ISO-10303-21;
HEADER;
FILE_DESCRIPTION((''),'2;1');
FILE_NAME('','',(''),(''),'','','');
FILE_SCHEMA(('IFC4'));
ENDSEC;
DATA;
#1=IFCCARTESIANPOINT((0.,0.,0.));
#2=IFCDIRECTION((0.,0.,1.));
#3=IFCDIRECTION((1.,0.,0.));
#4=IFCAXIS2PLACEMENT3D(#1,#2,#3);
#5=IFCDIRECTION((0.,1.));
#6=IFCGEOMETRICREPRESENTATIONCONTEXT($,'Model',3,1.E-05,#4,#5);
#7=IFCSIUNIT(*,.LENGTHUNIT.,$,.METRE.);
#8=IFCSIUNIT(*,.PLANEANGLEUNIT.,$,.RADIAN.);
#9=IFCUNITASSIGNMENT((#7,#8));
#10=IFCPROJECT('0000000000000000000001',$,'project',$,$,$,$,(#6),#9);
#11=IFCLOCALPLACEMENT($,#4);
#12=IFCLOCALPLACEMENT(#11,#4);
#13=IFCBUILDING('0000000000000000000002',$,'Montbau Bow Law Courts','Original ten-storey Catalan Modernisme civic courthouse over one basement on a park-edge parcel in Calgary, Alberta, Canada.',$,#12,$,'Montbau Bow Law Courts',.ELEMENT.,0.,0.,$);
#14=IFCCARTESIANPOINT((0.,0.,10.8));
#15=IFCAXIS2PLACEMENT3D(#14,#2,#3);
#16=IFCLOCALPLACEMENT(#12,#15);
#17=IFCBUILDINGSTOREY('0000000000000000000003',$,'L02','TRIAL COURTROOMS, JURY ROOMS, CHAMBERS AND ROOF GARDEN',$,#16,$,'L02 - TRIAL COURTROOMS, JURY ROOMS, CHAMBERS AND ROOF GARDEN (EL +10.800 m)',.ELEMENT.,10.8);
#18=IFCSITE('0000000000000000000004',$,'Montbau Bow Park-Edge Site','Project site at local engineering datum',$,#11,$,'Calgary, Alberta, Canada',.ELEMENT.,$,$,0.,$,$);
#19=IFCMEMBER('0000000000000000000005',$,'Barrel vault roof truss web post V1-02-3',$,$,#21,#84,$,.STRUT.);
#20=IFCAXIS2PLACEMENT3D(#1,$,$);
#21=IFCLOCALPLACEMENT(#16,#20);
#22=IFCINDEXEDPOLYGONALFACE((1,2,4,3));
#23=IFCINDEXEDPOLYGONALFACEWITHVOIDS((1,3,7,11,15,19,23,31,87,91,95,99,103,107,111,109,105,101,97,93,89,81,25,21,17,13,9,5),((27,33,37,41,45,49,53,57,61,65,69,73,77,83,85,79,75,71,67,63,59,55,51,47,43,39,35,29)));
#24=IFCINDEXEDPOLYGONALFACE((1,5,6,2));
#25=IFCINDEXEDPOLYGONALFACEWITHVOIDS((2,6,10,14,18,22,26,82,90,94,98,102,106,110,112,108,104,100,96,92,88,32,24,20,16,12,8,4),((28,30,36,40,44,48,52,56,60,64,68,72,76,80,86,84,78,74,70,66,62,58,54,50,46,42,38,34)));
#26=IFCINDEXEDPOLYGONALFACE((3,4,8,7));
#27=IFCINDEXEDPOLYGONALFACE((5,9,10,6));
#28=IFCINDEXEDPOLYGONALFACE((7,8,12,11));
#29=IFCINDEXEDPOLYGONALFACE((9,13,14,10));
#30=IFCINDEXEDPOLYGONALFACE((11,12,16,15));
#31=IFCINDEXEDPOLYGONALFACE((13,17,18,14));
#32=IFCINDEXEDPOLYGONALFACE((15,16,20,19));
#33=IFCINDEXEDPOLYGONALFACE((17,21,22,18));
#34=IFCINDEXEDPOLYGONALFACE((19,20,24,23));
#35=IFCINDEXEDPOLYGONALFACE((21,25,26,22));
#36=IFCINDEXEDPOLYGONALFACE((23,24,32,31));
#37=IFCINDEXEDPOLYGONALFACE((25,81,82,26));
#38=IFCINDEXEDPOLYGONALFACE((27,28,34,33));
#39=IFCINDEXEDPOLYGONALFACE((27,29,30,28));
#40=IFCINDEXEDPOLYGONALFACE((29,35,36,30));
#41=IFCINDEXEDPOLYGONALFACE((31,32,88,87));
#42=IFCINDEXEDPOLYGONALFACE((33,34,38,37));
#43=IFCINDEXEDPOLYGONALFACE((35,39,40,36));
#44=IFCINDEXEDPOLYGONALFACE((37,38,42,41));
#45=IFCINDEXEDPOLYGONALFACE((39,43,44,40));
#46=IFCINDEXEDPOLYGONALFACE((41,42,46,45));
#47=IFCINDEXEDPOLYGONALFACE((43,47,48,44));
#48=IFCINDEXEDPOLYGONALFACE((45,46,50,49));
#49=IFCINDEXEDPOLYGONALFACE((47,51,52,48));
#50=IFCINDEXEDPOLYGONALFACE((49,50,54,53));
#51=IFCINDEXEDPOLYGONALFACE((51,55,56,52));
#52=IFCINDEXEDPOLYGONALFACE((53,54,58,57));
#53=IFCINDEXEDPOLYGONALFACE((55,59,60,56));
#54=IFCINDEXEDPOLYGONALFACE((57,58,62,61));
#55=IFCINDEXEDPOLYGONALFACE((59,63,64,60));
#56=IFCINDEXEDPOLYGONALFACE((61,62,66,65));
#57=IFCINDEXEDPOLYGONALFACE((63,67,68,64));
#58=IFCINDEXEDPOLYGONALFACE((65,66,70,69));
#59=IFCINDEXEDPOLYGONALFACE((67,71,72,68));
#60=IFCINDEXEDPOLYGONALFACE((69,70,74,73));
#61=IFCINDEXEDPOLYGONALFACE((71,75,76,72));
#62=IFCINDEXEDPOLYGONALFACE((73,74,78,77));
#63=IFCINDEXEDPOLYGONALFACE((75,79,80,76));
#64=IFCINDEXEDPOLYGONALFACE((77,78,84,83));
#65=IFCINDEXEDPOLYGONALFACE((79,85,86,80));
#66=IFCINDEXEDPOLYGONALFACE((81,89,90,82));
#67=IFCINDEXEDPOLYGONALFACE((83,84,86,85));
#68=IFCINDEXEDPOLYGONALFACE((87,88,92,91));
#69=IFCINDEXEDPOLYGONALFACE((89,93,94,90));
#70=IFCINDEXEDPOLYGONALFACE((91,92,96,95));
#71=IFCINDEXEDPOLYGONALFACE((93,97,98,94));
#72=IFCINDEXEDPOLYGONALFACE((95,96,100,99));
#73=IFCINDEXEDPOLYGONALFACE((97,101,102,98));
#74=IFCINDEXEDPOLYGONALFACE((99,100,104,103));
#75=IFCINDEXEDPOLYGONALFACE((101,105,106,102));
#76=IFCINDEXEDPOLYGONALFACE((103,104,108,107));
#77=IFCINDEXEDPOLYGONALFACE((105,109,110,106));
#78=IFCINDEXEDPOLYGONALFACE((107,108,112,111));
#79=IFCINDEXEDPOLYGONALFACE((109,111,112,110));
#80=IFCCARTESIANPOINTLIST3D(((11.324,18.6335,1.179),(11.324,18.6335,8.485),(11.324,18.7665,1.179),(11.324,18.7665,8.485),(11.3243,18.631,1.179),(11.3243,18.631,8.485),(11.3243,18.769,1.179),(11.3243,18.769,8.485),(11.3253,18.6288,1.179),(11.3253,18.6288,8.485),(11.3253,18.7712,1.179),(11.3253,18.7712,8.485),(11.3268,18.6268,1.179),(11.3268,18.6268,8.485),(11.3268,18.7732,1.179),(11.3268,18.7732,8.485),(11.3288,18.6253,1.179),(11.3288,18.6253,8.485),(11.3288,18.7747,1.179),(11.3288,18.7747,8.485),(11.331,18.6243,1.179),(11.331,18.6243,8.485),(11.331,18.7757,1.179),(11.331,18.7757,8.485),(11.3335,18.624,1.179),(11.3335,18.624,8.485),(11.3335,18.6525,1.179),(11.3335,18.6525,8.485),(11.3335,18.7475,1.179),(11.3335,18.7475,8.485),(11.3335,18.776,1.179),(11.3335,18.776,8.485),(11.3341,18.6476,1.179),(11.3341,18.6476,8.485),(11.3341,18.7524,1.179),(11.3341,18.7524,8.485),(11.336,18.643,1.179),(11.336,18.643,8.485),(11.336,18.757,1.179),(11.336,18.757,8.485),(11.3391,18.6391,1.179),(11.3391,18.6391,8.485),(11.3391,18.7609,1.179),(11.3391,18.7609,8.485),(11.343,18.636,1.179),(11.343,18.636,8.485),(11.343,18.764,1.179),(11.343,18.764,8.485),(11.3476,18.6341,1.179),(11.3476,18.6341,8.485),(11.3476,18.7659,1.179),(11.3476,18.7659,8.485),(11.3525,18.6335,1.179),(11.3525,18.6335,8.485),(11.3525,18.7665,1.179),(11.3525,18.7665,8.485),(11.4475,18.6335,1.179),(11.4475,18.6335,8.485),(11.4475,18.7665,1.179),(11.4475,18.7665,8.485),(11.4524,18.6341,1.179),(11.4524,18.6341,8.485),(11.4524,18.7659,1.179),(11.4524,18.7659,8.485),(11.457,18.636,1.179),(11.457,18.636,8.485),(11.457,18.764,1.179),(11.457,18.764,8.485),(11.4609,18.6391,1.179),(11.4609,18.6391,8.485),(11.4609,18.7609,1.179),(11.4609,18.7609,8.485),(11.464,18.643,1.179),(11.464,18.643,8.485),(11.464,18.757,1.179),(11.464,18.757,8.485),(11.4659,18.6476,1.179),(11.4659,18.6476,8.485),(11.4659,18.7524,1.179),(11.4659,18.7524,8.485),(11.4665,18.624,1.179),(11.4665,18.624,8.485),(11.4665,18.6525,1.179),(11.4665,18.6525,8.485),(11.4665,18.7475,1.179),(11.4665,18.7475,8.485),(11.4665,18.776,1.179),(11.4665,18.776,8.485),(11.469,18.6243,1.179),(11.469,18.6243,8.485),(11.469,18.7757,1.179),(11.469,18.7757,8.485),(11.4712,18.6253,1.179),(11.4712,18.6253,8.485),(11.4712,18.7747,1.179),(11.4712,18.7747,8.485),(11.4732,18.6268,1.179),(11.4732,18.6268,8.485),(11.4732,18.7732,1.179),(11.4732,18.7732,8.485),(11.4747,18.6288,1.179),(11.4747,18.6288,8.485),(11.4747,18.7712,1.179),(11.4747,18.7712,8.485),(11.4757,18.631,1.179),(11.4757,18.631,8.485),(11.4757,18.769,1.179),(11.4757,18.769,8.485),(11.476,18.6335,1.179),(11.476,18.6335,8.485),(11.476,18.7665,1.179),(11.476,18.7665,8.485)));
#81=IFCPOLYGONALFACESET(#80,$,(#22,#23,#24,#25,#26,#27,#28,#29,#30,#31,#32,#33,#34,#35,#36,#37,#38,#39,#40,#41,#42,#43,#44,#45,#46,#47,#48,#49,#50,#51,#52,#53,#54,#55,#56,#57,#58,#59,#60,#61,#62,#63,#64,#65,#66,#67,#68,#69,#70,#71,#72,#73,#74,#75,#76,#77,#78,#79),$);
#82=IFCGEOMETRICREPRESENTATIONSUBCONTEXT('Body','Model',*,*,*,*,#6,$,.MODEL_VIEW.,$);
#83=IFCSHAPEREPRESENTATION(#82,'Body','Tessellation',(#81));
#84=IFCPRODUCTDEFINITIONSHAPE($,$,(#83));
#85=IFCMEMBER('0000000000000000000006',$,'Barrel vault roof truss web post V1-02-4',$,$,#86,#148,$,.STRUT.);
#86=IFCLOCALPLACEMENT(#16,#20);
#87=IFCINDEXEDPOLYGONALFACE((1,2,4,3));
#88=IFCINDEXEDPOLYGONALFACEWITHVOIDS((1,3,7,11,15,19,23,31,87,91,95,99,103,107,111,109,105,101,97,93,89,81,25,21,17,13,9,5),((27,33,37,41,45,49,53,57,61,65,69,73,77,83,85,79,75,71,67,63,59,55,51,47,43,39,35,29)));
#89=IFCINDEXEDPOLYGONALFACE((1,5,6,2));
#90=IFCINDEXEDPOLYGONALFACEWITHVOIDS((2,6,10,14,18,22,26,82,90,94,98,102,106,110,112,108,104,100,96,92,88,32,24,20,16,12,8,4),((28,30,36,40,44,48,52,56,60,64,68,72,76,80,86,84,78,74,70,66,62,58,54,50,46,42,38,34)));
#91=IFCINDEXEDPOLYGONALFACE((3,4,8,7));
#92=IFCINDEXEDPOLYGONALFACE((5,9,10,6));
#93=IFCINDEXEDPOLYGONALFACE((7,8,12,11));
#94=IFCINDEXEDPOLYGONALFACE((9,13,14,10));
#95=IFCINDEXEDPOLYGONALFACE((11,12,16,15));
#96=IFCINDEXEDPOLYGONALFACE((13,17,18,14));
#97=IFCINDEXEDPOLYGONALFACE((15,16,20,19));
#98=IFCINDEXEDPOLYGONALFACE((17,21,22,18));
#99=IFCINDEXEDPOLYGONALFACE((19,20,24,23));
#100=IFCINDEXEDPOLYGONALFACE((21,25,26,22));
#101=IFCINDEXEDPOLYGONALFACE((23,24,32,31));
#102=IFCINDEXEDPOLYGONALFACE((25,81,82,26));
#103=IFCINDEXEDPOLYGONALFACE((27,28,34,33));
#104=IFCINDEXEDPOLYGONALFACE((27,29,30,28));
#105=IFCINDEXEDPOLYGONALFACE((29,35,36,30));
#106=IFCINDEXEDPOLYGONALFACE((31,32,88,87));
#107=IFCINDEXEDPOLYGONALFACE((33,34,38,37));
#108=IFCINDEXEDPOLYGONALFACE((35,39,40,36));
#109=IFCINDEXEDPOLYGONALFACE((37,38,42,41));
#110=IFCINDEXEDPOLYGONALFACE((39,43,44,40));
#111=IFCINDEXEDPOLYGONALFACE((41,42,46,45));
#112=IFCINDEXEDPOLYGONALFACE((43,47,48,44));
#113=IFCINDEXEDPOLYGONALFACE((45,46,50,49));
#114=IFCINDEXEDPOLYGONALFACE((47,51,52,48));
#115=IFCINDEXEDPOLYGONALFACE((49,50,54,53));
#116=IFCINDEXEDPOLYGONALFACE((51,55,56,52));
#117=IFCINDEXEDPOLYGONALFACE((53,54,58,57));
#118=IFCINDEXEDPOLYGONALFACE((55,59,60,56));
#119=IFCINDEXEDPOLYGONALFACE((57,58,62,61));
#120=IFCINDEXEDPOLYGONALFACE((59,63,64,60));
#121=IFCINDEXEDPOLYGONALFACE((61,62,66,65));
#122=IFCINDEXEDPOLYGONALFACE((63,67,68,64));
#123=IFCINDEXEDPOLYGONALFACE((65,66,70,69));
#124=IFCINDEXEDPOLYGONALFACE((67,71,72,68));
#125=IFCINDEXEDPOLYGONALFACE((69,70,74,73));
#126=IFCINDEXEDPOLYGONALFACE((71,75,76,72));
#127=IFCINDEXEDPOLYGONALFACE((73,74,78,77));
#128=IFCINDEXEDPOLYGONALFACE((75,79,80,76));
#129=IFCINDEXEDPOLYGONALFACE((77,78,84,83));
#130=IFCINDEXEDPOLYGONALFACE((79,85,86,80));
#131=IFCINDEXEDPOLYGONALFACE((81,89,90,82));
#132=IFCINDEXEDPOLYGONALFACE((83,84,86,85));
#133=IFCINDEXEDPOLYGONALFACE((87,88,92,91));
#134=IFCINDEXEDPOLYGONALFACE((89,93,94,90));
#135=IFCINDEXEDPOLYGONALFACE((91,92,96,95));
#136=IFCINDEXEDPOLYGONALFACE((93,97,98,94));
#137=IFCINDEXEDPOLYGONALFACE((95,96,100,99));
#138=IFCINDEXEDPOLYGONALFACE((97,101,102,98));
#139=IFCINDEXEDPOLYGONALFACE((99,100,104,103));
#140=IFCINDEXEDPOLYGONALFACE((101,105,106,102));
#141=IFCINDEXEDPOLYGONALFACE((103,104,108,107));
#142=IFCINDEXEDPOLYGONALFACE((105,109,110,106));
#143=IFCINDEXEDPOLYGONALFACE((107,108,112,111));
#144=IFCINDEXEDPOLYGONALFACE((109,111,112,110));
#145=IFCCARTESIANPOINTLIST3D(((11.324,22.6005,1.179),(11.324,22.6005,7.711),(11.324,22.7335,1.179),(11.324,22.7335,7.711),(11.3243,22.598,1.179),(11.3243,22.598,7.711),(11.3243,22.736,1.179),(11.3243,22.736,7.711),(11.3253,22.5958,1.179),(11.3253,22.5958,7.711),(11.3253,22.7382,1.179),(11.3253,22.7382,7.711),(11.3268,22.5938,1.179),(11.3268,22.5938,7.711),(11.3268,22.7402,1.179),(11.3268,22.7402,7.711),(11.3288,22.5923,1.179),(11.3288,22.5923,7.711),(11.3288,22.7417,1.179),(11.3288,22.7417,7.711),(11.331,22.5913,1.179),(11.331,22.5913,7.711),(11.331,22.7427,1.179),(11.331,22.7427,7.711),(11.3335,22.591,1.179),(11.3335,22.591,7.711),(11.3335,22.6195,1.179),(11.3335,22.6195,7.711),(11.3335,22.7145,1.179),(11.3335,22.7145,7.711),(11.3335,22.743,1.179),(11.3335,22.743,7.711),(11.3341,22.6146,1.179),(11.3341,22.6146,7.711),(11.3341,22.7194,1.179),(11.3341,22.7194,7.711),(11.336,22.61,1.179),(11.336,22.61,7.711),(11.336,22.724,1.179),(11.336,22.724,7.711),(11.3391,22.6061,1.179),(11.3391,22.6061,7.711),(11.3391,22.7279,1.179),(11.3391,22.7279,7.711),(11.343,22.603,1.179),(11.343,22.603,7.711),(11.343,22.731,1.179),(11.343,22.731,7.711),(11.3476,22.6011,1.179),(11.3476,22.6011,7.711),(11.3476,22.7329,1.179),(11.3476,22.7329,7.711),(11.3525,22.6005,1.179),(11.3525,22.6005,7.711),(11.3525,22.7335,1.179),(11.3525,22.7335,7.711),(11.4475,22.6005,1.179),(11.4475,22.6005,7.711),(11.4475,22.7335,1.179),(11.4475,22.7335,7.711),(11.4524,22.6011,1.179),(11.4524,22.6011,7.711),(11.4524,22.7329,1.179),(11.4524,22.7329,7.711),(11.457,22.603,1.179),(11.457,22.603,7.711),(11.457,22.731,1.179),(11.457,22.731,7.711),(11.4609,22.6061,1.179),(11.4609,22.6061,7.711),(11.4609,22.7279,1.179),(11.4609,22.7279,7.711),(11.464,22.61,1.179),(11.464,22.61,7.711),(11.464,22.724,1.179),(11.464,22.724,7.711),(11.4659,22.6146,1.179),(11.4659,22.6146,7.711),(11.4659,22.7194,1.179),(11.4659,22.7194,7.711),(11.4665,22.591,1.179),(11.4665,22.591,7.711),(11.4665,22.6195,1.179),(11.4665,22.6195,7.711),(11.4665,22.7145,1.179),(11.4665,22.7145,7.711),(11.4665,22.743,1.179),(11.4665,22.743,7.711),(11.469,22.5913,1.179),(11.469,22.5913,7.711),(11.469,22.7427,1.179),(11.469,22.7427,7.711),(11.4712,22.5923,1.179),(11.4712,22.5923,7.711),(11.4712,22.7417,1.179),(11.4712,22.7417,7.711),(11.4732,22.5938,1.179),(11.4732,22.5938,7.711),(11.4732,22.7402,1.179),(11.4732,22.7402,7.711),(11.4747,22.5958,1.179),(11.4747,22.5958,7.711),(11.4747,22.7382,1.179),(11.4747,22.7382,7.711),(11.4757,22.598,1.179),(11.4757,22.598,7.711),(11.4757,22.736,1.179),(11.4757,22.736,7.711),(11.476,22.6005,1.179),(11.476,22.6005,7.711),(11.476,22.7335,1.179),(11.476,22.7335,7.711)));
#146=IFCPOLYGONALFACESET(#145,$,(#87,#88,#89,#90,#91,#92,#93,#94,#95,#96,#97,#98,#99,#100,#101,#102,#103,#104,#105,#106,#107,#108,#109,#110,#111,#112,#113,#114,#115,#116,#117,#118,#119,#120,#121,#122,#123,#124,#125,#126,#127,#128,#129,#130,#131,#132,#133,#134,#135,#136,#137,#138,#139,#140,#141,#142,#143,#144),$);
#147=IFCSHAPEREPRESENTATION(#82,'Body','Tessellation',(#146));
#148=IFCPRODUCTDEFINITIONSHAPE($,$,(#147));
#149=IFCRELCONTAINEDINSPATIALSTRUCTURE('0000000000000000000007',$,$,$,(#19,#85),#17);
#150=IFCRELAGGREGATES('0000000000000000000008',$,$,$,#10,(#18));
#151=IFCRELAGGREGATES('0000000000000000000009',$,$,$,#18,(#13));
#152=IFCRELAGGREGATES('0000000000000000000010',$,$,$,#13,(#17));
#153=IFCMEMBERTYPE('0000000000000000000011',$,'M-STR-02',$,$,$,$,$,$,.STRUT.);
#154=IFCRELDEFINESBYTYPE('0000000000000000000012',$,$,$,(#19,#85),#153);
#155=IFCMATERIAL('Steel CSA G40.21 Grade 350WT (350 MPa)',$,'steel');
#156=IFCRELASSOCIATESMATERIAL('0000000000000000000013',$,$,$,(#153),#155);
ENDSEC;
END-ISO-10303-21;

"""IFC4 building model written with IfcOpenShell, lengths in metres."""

from ifc_helpers import new_model, si_unit, direction, frame, origin_with_axes, origin_2d_with_axis, place, context, subcontext, project, spatial, hollow_rectangle, extrude, material, material_profile, profile_set, type_object, element, save


model = new_model("IFC4")

# Units and contexts
model_context = context("Model", 3, precision=1e-05, world=origin_with_axes(), true_north=direction((0.0, 1.0)))
body_context = subcontext(model_context, "Body", "Model", "MODEL_VIEW")
ifc_project = project(units=[si_unit("LENGTHUNIT", "METRE"), si_unit("PLANEANGLEUNIT", "RADIAN")], contexts=[model_context])

# Site, building, storey
site_placement = place(None, origin_with_axes())
site = spatial("IfcSite", under=ifc_project, at=site_placement, Name="Montbau Bow Park-Edge Site", Description="Project site at local engineering datum", LongName="Calgary, Alberta, Canada", CompositionType="ELEMENT", RefElevation=0.0)
building_placement = place(site_placement, origin_with_axes())
building = spatial("IfcBuilding", under=site, at=building_placement, Name="Montbau Bow Law Courts", Description="Original ten-storey Catalan Modernisme civic courthouse over one basement on a park-edge parcel in Calgary, Alberta, Canada.", LongName="Montbau Bow Law Courts", CompositionType="ELEMENT", ElevationOfRefHeight=0.0, ElevationOfTerrain=0.0)
storey_placement = place(building_placement, frame((0.0, 0.0, 10.8), z_axis=(0.0, 0.0, 1.0), x_axis=(1.0, 0.0, 0.0)))
storey = spatial("IfcBuildingStorey", under=building, at=storey_placement, Name="L02", Description="TRIAL COURTROOMS, JURY ROOMS, CHAMBERS AND ROOF GARDEN", LongName="L02 - TRIAL COURTROOMS, JURY ROOMS, CHAMBERS AND ROOF GARDEN (EL +10.800 m)", CompositionType="ELEMENT", Elevation=10.8)

# Shared definitions
ifc_material = material(Name="Steel CSA G40.21 Grade 350WT (350 MPa)", Category="steel")

# Members
ifc_material_profile_1 = material_profile(ifc_material, hollow_rectangle(XDim=0.152, YDim=0.152, WallThickness=0.0095, InnerFilletRadius=0.019, OuterFilletRadius=0.0095, at=origin_2d_with_axis()), Name="HSS152X152X9.5", Category="Main", Priority=0)
ifc_profile_set_1 = profile_set([ifc_material_profile_1], Name="Steel CSA G40.21 Grade 350WT (350 MPa)")
member_type_1 = type_object("IfcMemberType", Name="M-STR-02", PredefinedType="STRUT", material=ifc_profile_set_1)
member_1_placement = place(None, frame((11.4, 18.7, 11.979), z_axis=(0.0, 0.0, 1.0), x_axis=(1.0, 0.0, 0.0)))
element("IfcMember", 1, at=member_1_placement, inside=storey, type_object=member_type_1, Name="Barrel vault roof truss web post V1-02-3", PredefinedType="STRUT", context=body_context, shape_type="SweptSolid", body=[
    extrude(hollow_rectangle(XDim=0.152, YDim=0.152, WallThickness=0.0095, InnerFilletRadius=0.019, OuterFilletRadius=0.0095, at=origin_2d_with_axis()), origin_with_axes(), (0.0, 0.0, 1.0), 7.306),
])
member_2_placement = place(None, frame((11.4, 22.667, 11.979), z_axis=(0.0, 0.0, 1.0), x_axis=(1.0, 0.0, 0.0)))
element("IfcMember", 2, at=member_2_placement, inside=storey, type_object=member_type_1, Name="Barrel vault roof truss web post V1-02-4", PredefinedType="STRUT", context=body_context, shape_type="SweptSolid", body=[
    extrude(hollow_rectangle(XDim=0.152, YDim=0.152, WallThickness=0.0095, InnerFilletRadius=0.019, OuterFilletRadius=0.0095, at=origin_2d_with_axis()), origin_with_axes(), (0.0, 0.0, 1.0), 6.532),
])

save(model, "model.ifc")
